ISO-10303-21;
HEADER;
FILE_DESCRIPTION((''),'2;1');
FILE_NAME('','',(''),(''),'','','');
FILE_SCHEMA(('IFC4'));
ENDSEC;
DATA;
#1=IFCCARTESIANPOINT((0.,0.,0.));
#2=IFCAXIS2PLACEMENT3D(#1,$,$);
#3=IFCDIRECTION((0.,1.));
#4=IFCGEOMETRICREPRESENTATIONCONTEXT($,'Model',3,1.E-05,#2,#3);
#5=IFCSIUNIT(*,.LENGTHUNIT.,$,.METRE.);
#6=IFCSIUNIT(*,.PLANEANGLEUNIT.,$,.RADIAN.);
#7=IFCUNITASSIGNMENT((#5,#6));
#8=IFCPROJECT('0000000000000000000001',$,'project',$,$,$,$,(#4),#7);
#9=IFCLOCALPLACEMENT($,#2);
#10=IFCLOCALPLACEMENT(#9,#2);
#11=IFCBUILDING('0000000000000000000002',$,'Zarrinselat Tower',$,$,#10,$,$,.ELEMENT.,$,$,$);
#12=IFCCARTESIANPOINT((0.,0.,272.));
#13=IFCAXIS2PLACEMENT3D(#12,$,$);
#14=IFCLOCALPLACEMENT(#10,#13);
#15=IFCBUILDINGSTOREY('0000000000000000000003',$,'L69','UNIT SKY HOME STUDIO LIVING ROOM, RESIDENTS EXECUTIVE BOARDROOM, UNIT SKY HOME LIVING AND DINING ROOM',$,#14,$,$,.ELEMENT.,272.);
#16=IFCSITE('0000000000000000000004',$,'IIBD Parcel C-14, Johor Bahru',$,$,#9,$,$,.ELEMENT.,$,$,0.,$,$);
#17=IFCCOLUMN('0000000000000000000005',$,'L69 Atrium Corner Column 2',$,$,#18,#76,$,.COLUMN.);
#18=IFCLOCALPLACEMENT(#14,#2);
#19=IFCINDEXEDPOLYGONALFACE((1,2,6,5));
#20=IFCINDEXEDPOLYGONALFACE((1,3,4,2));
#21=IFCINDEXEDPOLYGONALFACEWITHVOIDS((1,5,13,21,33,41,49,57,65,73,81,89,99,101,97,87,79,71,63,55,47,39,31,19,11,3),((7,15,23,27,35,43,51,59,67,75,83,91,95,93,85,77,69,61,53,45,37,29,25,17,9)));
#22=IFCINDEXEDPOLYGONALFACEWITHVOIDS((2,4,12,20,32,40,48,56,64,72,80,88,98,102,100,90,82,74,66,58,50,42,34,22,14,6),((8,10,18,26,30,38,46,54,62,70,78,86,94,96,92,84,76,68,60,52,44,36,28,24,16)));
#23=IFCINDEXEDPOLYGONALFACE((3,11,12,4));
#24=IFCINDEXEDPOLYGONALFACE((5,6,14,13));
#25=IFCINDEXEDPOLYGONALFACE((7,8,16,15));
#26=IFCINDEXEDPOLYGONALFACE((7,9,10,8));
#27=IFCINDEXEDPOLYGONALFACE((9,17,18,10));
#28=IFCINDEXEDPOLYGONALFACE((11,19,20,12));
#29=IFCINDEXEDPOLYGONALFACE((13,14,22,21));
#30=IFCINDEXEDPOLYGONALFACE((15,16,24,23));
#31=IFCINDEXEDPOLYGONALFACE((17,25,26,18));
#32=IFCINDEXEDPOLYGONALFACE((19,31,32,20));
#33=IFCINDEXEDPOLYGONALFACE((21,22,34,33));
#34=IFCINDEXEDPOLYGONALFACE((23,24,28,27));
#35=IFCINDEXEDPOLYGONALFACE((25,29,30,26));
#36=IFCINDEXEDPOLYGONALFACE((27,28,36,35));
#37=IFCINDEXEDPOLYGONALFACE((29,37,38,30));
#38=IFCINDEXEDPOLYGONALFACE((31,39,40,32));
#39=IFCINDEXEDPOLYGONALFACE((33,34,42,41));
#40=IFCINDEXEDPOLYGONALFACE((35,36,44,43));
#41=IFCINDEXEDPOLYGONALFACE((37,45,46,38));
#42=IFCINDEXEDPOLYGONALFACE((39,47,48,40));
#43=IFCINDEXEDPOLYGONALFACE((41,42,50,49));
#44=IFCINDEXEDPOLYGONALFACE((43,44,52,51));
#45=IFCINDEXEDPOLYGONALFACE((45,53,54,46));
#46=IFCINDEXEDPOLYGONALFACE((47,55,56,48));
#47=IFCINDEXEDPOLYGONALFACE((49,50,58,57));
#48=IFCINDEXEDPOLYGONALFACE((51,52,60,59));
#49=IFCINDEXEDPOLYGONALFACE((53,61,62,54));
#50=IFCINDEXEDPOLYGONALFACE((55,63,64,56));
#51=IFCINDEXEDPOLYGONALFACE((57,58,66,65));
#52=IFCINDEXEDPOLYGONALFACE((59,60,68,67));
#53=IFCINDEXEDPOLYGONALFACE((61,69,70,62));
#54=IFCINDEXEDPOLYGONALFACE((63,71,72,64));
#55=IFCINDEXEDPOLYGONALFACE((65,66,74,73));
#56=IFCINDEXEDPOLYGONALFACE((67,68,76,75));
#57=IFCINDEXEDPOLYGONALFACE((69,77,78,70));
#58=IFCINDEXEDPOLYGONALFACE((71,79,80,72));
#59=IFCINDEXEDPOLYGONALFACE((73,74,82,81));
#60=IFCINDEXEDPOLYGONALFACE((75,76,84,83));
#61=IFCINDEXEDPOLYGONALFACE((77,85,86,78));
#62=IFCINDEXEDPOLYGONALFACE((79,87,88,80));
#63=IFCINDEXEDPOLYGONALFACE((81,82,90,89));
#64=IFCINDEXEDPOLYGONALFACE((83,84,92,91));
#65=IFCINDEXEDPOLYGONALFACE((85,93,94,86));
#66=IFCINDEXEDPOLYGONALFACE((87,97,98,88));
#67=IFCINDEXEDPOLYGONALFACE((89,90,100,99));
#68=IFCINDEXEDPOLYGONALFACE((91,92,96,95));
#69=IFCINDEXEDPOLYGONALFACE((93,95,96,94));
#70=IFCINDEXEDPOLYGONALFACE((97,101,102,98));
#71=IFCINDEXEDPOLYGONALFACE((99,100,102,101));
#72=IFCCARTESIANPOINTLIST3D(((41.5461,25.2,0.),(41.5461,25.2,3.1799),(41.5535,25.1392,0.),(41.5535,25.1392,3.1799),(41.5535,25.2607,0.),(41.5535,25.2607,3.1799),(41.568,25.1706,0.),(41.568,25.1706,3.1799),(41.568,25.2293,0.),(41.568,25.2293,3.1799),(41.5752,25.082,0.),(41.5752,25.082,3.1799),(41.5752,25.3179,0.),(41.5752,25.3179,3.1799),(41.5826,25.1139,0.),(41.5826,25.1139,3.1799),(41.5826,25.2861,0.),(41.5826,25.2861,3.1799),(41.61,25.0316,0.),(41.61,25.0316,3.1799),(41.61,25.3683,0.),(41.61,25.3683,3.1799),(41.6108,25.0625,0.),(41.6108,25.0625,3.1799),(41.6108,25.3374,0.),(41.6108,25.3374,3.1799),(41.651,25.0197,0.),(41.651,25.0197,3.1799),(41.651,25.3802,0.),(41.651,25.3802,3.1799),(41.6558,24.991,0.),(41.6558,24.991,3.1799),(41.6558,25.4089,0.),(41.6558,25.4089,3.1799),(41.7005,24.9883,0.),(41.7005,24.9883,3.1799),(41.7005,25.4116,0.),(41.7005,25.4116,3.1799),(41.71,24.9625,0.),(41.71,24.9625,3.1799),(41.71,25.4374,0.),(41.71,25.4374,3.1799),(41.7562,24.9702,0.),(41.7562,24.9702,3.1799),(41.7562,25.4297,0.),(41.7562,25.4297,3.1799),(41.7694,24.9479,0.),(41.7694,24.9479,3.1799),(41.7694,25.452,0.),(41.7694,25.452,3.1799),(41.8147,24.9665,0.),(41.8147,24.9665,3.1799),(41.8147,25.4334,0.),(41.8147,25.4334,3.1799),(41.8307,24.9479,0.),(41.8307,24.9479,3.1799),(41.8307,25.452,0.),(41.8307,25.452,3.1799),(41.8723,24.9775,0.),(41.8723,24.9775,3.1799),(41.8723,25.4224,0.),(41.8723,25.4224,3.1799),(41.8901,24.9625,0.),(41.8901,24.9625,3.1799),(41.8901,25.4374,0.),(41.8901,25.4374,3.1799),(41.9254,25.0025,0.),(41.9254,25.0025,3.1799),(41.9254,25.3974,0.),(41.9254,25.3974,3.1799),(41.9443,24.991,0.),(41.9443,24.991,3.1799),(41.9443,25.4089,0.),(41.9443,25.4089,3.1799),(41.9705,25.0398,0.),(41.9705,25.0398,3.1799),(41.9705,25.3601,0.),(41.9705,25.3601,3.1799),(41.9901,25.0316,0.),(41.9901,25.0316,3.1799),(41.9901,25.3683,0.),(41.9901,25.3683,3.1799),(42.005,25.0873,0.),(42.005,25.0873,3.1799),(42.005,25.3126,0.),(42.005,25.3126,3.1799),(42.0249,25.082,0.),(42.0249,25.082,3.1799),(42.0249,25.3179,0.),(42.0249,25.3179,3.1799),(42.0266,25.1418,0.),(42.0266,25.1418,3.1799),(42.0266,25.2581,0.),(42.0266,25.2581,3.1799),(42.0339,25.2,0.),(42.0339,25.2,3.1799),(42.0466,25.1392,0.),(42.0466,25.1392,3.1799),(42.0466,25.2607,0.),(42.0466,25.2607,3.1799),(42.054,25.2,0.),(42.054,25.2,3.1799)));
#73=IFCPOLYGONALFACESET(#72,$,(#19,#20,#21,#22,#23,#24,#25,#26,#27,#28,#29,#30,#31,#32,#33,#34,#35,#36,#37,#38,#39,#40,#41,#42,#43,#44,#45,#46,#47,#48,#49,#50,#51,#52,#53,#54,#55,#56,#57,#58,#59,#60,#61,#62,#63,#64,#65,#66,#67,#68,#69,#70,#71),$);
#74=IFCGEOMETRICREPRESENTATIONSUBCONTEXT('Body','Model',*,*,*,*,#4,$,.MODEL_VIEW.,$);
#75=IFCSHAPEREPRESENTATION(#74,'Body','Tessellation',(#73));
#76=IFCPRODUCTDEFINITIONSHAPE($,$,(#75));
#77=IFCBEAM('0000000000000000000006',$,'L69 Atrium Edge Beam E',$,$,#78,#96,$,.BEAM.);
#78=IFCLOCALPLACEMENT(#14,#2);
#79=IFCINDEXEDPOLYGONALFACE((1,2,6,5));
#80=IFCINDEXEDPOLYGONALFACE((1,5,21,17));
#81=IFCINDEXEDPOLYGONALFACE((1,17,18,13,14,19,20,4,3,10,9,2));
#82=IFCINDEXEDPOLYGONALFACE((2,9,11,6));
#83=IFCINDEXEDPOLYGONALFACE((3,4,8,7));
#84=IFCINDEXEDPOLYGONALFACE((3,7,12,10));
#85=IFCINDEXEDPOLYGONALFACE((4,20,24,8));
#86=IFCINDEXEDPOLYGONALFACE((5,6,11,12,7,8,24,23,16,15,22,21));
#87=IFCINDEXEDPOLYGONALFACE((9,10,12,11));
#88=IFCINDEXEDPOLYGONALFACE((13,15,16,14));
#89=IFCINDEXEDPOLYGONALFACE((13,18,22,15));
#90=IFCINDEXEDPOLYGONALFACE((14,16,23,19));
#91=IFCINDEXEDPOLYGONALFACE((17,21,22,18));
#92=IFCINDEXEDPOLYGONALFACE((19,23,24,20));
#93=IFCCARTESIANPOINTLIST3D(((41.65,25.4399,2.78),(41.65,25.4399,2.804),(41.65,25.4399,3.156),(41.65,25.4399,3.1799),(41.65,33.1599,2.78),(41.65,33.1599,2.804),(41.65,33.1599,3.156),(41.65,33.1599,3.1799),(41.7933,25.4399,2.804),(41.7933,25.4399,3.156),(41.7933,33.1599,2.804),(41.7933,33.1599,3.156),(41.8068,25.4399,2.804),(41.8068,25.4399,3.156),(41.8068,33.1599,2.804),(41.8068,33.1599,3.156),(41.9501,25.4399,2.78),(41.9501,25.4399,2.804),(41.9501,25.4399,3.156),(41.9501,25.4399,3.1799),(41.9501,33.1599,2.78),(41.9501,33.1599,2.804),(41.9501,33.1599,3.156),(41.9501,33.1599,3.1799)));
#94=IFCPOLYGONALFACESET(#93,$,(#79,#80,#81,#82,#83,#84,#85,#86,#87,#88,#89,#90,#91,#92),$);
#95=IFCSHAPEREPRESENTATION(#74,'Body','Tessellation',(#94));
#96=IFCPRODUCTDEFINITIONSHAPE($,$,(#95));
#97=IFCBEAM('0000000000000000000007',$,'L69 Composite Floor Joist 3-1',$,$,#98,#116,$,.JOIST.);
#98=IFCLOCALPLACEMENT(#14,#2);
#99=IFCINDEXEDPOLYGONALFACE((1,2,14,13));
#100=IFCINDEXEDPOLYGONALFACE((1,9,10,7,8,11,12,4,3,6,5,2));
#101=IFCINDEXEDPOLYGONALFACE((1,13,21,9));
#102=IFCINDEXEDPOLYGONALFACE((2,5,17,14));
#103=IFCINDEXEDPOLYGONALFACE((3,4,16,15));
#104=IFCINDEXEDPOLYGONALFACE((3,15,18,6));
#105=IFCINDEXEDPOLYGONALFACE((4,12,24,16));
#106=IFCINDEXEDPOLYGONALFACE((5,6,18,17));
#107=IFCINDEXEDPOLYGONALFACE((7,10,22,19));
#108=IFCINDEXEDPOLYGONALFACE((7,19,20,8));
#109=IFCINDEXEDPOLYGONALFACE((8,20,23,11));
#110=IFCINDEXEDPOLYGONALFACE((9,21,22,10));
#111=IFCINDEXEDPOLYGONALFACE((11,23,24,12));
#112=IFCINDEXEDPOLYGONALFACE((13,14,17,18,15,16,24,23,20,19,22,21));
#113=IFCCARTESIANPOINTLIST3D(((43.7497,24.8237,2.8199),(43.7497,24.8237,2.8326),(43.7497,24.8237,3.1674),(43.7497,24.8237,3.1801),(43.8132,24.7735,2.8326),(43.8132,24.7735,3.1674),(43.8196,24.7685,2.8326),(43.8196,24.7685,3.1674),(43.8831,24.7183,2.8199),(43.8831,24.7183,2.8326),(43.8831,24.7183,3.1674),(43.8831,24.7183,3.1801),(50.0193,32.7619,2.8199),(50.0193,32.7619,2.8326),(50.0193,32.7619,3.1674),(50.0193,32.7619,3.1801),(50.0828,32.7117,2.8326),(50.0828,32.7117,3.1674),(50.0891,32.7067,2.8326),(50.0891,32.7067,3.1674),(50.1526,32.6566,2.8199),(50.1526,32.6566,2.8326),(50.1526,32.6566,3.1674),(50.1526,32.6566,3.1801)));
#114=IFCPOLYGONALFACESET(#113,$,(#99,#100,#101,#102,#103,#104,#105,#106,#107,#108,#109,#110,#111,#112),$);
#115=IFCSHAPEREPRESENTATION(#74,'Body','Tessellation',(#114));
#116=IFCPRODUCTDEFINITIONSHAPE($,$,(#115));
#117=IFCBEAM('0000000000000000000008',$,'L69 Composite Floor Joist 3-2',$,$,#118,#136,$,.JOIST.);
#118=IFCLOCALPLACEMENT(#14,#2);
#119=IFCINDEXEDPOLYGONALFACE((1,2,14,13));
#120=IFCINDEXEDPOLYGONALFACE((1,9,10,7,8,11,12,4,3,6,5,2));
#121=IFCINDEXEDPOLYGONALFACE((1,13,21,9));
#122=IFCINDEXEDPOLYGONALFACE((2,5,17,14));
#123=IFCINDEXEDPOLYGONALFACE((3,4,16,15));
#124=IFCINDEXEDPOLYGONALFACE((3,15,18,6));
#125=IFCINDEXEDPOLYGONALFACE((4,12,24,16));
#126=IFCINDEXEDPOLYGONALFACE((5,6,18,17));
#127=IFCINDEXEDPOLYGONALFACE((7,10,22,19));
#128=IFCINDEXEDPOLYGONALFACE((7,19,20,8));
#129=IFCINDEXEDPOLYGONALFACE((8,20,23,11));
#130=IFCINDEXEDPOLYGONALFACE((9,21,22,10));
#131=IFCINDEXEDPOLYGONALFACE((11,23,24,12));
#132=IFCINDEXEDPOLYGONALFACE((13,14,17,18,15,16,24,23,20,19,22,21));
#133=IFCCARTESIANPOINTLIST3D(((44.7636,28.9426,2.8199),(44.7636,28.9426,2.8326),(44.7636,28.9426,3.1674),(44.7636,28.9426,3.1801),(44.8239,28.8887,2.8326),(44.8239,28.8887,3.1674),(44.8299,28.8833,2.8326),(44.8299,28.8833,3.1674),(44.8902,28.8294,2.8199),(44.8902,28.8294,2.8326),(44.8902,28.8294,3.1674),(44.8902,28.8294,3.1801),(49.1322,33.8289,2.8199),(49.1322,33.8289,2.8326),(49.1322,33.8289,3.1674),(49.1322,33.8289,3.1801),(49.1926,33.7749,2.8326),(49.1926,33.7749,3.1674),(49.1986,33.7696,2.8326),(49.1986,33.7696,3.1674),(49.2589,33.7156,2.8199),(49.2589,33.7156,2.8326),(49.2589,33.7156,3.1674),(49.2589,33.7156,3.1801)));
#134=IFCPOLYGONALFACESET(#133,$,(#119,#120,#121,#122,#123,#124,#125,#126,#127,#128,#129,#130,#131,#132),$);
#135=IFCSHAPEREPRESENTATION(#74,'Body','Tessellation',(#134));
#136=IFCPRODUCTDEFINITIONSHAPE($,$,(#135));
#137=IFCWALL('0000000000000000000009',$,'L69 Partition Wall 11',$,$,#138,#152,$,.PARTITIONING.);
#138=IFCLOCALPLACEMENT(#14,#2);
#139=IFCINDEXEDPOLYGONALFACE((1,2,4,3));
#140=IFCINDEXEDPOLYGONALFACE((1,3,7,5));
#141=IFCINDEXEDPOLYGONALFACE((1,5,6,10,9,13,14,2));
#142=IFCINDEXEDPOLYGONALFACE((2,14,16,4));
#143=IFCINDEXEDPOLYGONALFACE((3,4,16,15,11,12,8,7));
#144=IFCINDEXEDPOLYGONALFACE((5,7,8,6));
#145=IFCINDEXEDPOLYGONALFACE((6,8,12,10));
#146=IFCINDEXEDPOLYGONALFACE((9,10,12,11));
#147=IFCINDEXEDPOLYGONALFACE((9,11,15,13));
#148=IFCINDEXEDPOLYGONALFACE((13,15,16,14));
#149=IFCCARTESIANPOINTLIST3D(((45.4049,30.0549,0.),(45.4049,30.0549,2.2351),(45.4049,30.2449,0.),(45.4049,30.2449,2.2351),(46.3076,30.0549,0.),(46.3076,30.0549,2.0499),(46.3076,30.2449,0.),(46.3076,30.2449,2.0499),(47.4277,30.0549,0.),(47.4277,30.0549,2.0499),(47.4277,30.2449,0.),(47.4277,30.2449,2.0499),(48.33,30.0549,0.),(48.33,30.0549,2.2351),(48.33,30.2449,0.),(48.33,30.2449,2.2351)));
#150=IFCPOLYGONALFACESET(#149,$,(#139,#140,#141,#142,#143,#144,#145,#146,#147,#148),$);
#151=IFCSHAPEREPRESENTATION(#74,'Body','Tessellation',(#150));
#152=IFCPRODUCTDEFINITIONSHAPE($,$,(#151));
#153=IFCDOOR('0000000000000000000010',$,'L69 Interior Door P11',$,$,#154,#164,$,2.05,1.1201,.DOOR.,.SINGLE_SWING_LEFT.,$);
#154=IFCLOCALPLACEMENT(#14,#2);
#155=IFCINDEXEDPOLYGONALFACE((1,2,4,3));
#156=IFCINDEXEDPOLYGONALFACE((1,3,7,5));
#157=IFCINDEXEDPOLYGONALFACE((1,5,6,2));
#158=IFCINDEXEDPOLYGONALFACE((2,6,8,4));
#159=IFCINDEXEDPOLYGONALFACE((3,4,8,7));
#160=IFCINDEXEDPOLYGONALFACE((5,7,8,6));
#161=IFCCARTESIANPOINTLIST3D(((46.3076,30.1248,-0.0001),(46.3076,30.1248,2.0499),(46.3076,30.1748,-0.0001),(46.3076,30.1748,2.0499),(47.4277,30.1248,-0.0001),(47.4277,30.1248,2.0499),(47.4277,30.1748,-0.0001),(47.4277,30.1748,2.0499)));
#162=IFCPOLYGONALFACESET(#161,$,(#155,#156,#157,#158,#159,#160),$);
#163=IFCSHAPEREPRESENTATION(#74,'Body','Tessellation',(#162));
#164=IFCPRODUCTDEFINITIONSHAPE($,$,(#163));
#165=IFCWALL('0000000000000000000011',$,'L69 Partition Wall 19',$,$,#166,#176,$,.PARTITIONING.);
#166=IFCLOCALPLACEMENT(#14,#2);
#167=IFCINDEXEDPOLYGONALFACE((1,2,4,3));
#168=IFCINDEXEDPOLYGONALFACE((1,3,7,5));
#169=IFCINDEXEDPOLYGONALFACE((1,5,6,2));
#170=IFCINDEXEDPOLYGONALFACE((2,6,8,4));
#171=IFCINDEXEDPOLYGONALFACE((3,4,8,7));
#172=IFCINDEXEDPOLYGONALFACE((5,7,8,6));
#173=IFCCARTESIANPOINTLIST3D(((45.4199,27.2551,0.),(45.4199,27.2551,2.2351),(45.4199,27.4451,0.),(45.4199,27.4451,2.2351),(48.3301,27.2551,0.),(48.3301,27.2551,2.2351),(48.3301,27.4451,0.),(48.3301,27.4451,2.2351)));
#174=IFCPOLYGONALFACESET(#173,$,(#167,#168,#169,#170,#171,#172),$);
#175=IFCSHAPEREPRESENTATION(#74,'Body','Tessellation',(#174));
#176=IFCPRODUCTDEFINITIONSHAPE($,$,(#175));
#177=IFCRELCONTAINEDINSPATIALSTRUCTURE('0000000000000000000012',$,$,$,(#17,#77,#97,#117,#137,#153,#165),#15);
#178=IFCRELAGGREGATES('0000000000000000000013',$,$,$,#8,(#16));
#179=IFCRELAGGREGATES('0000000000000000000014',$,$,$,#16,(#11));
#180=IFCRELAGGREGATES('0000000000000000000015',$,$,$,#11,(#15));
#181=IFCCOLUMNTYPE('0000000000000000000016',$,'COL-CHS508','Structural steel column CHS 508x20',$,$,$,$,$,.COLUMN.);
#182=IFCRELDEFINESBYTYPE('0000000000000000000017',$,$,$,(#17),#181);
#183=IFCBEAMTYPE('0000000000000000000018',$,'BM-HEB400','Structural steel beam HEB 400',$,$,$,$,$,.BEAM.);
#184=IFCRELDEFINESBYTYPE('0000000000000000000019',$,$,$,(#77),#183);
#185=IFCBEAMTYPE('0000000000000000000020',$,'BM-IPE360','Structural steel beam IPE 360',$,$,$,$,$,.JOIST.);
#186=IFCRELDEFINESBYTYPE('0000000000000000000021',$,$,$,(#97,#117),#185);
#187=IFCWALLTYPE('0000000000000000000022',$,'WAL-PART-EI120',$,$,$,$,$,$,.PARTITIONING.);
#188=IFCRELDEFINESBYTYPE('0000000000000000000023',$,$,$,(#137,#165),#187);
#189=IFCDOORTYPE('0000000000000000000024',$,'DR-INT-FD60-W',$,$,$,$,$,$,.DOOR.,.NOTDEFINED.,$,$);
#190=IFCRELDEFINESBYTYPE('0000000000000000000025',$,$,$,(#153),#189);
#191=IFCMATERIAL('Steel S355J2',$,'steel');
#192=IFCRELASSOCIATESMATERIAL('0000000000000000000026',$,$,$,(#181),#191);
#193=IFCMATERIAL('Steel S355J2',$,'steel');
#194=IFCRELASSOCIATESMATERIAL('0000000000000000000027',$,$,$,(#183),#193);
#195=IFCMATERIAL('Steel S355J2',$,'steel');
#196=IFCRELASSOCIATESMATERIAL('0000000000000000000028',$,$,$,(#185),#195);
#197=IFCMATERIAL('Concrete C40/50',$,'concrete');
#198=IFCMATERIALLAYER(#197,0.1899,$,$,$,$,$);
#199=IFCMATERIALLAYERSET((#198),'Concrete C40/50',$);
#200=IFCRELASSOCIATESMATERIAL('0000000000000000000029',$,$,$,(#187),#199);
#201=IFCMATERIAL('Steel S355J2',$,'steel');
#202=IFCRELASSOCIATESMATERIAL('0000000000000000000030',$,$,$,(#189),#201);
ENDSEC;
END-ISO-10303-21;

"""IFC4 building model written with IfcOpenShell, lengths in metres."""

from ifc_helpers import new_model, si_unit, direction, frame, frame_2d, origin, origin_2d, place, context, subcontext, project, spatial, rectangle, hollow_circle, i_section, extrude, material, layer, layer_set, material_profile, profile_set, type_object, element, fill, save


model = new_model("IFC4")

# Units and contexts
model_context = context("Model", 3, precision=1e-05, world=origin(), true_north=direction((0.0, 1.0)))
body_context = subcontext(model_context, "Body", "Model", "MODEL_VIEW")
ifc_project = project(units=[si_unit("LENGTHUNIT", "METRE"), si_unit("PLANEANGLEUNIT", "RADIAN")], contexts=[model_context])

# Site, building, storey
site_placement = place(None, origin())
site = spatial("IfcSite", under=ifc_project, at=site_placement, Name="IIBD Parcel C-14, Johor Bahru", CompositionType="ELEMENT", RefElevation=0.0)
building_placement = place(site_placement, origin())
building = spatial("IfcBuilding", under=site, at=building_placement, Name="Zarrinselat Tower", CompositionType="ELEMENT")
storey_placement = place(building_placement, frame((0.0, 0.0, 272.0)))
storey = spatial("IfcBuildingStorey", under=building, at=storey_placement, Name="L69", Description="UNIT SKY HOME STUDIO LIVING ROOM, RESIDENTS EXECUTIVE BOARDROOM, UNIT SKY HOME LIVING AND DINING ROOM", CompositionType="ELEMENT", Elevation=272.0)

# Column
ifc_material_1 = material(Name="Steel S355J2", Category="steel")
ifc_material_profile_1 = material_profile(ifc_material_1, hollow_circle(Radius=0.2539, WallThickness=0.02, at=origin_2d()), Name="CHS 508x20")
ifc_profile_set_1 = profile_set([ifc_material_profile_1], Name="Steel S355J2")
column_type = type_object("IfcColumnType", Name="COL-CHS508", Description="Structural steel column CHS 508x20", PredefinedType="COLUMN", material=ifc_profile_set_1)
column_placement = place(storey_placement, frame((41.8, 25.2, 0.0), z_axis=(0.0, 0.0, 1.0), x_axis=(1.0, 0.0, 0.0)))
element("IfcColumn", 1, at=column_placement, inside=storey, type_object=column_type, Name="L69 Atrium Corner Column 2", PredefinedType="COLUMN", context=body_context, shape_type="SweptSolid", body=[
    extrude(hollow_circle(Radius=0.2539, WallThickness=0.02, at=origin_2d()), origin(), (0.0, 0.0, 1.0), 3.1799),
])

# Beams
ifc_material_2 = material(Name="Steel S355J2", Category="steel")
ifc_material_profile_2 = material_profile(ifc_material_2, i_section(OverallWidth=0.3, OverallDepth=0.3999, WebThickness=0.0134, FlangeThickness=0.0239, at=origin_2d()), Name="HEB 400")
ifc_profile_set_2 = profile_set([ifc_material_profile_2], Name="Steel S355J2")
beam_type_1 = type_object("IfcBeamType", Name="BM-HEB400", Description="Structural steel beam HEB 400", PredefinedType="BEAM", material=ifc_profile_set_2)
beam_1_placement = place(storey_placement, frame((41.8, 25.4399, 2.98), z_axis=(0.0, 1.0, 0.0), x_axis=(-1.0, 0.0, 0.0)))
element("IfcBeam", 2, at=beam_1_placement, inside=storey, type_object=beam_type_1, Name="L69 Atrium Edge Beam E", PredefinedType="BEAM", context=body_context, shape_type="SweptSolid", body=[
    extrude(i_section(OverallWidth=0.3, OverallDepth=0.3999, WebThickness=0.0134, FlangeThickness=0.0239, at=origin_2d()), origin(), (0.0, 0.0, 1.0), 7.72),
])
ifc_material_3 = material(Name="Steel S355J2", Category="steel")
ifc_material_profile_3 = material_profile(ifc_material_3, i_section(OverallWidth=0.1699, OverallDepth=0.3601, WebThickness=0.0081, FlangeThickness=0.0127, at=origin_2d()), Name="IPE 360")
ifc_profile_set_3 = profile_set([ifc_material_profile_3], Name="Steel S355J2")
beam_type_2 = type_object("IfcBeamType", Name="BM-IPE360", Description="Structural steel beam IPE 360", PredefinedType="JOIST", material=ifc_profile_set_3)
beam_2_placement = place(storey_placement, frame((43.8164, 24.771, 3.0), z_axis=(0.619797, 0.784762, 0.0), x_axis=(-0.784762, 0.619797, 0.0)))
element("IfcBeam", 3, at=beam_2_placement, inside=storey, type_object=beam_type_2, Name="L69 Composite Floor Joist 3-1", PredefinedType="JOIST", context=body_context, shape_type="SweptSolid", body=[
    extrude(i_section(OverallWidth=0.1699, OverallDepth=0.3601, WebThickness=0.0081, FlangeThickness=0.0127, at=origin_2d()), origin(), (0.0, 0.0, 1.0), 10.1155),
])
beam_3_placement = place(storey_placement, frame((44.8269, 28.886, 3.0), z_axis=(0.66652, 0.745487, 0.0), x_axis=(-0.745487, 0.66652, 0.0)))
element("IfcBeam", 4, at=beam_3_placement, inside=storey, type_object=beam_type_2, Name="L69 Composite Floor Joist 3-2", PredefinedType="JOIST", context=body_context, shape_type="SweptSolid", body=[
    extrude(i_section(OverallWidth=0.1699, OverallDepth=0.3601, WebThickness=0.0081, FlangeThickness=0.0127, at=origin_2d()), origin(), (0.0, 0.0, 1.0), 6.5544),
])

# Wall, opening, door
ifc_material_4 = material(Name="Concrete C40/50", Category="concrete")
ifc_layer_1 = layer(ifc_material_4, 0.1899)
ifc_layer_set_1 = layer_set([ifc_layer_1], Name="Concrete C40/50")
wall_type_1 = type_object("IfcWallType", Name="WAL-PART-EI120", PredefinedType="PARTITIONING", material=ifc_layer_set_1)
wall_1_placement = place(storey_placement, frame((45.405, 30.1499, 0.0), z_axis=(0.0, 0.0, 1.0), x_axis=(1.0, 0.0, 0.0)))
wall_1 = element("IfcWall", 5, at=wall_1_placement, inside=storey, type_object=wall_type_1, Name="L69 Partition Wall 11", PredefinedType="PARTITIONING", context=body_context, shape_type="SweptSolid", body=[
    extrude(rectangle(XDim=2.925, YDim=0.1899, at=frame_2d((1.4624, 0.0))), origin(), (0.0, 0.0, 1.0), 2.2351),
])
opening_1_placement = place(wall_1_placement, frame((0.9026, 0.0, 0.0)))
opening_1 = element("IfcOpeningElement", 6, at=opening_1_placement, cuts=wall_1, PredefinedType="OPENING", context=body_context, shape_type="SweptSolid", body=[
    extrude(rectangle(XDim=1.1201, YDim=2.05, at=frame_2d((0.5601, 1.0249))), frame((0.0, 0.105, 0.0), z_axis=(0.0, -1.0, 0.0), x_axis=(1.0, 0.0, 0.0)), (0.0, 0.0, 1.0), 0.21),
])
ifc_material_5 = material(Name="Steel S355J2", Category="steel")
door_type_1 = type_object("IfcDoorType", Name="DR-INT-FD60-W", OperationType="NOTDEFINED", PredefinedType="DOOR", material=ifc_material_5)
door_1_placement = place(opening_1_placement, origin())
door_1 = element("IfcDoor", 7, at=door_1_placement, inside=storey, type_object=door_type_1, Name="L69 Interior Door P11", OperationType="SINGLE_SWING_LEFT", OverallHeight=2.05, OverallWidth=1.1201, PredefinedType="DOOR", context=body_context, shape_type="SweptSolid", body=[
    extrude(rectangle(XDim=1.1201, YDim=2.05, at=frame_2d((0.5601, 1.0249))), frame((0.0, 0.0249, 0.0), z_axis=(0.0, -1.0, 0.0), x_axis=(1.0, 0.0, 0.0)), (0.0, 0.0, 1.0), 0.05),
])
fill(opening_1, door_1)

# Wall
wall_2_placement = place(storey_placement, frame((45.4199, 27.3501, 0.0), z_axis=(0.0, 0.0, 1.0), x_axis=(1.0, 0.0, 0.0)))
element("IfcWall", 8, at=wall_2_placement, inside=storey, type_object=wall_type_1, Name="L69 Partition Wall 19", PredefinedType="PARTITIONING", context=body_context, shape_type="SweptSolid", body=[
    extrude(rectangle(XDim=2.9102, YDim=0.1899, at=frame_2d((1.4551, 0.0))), origin(), (0.0, 0.0, 1.0), 2.2351),
])

save(model, "model.ifc")
